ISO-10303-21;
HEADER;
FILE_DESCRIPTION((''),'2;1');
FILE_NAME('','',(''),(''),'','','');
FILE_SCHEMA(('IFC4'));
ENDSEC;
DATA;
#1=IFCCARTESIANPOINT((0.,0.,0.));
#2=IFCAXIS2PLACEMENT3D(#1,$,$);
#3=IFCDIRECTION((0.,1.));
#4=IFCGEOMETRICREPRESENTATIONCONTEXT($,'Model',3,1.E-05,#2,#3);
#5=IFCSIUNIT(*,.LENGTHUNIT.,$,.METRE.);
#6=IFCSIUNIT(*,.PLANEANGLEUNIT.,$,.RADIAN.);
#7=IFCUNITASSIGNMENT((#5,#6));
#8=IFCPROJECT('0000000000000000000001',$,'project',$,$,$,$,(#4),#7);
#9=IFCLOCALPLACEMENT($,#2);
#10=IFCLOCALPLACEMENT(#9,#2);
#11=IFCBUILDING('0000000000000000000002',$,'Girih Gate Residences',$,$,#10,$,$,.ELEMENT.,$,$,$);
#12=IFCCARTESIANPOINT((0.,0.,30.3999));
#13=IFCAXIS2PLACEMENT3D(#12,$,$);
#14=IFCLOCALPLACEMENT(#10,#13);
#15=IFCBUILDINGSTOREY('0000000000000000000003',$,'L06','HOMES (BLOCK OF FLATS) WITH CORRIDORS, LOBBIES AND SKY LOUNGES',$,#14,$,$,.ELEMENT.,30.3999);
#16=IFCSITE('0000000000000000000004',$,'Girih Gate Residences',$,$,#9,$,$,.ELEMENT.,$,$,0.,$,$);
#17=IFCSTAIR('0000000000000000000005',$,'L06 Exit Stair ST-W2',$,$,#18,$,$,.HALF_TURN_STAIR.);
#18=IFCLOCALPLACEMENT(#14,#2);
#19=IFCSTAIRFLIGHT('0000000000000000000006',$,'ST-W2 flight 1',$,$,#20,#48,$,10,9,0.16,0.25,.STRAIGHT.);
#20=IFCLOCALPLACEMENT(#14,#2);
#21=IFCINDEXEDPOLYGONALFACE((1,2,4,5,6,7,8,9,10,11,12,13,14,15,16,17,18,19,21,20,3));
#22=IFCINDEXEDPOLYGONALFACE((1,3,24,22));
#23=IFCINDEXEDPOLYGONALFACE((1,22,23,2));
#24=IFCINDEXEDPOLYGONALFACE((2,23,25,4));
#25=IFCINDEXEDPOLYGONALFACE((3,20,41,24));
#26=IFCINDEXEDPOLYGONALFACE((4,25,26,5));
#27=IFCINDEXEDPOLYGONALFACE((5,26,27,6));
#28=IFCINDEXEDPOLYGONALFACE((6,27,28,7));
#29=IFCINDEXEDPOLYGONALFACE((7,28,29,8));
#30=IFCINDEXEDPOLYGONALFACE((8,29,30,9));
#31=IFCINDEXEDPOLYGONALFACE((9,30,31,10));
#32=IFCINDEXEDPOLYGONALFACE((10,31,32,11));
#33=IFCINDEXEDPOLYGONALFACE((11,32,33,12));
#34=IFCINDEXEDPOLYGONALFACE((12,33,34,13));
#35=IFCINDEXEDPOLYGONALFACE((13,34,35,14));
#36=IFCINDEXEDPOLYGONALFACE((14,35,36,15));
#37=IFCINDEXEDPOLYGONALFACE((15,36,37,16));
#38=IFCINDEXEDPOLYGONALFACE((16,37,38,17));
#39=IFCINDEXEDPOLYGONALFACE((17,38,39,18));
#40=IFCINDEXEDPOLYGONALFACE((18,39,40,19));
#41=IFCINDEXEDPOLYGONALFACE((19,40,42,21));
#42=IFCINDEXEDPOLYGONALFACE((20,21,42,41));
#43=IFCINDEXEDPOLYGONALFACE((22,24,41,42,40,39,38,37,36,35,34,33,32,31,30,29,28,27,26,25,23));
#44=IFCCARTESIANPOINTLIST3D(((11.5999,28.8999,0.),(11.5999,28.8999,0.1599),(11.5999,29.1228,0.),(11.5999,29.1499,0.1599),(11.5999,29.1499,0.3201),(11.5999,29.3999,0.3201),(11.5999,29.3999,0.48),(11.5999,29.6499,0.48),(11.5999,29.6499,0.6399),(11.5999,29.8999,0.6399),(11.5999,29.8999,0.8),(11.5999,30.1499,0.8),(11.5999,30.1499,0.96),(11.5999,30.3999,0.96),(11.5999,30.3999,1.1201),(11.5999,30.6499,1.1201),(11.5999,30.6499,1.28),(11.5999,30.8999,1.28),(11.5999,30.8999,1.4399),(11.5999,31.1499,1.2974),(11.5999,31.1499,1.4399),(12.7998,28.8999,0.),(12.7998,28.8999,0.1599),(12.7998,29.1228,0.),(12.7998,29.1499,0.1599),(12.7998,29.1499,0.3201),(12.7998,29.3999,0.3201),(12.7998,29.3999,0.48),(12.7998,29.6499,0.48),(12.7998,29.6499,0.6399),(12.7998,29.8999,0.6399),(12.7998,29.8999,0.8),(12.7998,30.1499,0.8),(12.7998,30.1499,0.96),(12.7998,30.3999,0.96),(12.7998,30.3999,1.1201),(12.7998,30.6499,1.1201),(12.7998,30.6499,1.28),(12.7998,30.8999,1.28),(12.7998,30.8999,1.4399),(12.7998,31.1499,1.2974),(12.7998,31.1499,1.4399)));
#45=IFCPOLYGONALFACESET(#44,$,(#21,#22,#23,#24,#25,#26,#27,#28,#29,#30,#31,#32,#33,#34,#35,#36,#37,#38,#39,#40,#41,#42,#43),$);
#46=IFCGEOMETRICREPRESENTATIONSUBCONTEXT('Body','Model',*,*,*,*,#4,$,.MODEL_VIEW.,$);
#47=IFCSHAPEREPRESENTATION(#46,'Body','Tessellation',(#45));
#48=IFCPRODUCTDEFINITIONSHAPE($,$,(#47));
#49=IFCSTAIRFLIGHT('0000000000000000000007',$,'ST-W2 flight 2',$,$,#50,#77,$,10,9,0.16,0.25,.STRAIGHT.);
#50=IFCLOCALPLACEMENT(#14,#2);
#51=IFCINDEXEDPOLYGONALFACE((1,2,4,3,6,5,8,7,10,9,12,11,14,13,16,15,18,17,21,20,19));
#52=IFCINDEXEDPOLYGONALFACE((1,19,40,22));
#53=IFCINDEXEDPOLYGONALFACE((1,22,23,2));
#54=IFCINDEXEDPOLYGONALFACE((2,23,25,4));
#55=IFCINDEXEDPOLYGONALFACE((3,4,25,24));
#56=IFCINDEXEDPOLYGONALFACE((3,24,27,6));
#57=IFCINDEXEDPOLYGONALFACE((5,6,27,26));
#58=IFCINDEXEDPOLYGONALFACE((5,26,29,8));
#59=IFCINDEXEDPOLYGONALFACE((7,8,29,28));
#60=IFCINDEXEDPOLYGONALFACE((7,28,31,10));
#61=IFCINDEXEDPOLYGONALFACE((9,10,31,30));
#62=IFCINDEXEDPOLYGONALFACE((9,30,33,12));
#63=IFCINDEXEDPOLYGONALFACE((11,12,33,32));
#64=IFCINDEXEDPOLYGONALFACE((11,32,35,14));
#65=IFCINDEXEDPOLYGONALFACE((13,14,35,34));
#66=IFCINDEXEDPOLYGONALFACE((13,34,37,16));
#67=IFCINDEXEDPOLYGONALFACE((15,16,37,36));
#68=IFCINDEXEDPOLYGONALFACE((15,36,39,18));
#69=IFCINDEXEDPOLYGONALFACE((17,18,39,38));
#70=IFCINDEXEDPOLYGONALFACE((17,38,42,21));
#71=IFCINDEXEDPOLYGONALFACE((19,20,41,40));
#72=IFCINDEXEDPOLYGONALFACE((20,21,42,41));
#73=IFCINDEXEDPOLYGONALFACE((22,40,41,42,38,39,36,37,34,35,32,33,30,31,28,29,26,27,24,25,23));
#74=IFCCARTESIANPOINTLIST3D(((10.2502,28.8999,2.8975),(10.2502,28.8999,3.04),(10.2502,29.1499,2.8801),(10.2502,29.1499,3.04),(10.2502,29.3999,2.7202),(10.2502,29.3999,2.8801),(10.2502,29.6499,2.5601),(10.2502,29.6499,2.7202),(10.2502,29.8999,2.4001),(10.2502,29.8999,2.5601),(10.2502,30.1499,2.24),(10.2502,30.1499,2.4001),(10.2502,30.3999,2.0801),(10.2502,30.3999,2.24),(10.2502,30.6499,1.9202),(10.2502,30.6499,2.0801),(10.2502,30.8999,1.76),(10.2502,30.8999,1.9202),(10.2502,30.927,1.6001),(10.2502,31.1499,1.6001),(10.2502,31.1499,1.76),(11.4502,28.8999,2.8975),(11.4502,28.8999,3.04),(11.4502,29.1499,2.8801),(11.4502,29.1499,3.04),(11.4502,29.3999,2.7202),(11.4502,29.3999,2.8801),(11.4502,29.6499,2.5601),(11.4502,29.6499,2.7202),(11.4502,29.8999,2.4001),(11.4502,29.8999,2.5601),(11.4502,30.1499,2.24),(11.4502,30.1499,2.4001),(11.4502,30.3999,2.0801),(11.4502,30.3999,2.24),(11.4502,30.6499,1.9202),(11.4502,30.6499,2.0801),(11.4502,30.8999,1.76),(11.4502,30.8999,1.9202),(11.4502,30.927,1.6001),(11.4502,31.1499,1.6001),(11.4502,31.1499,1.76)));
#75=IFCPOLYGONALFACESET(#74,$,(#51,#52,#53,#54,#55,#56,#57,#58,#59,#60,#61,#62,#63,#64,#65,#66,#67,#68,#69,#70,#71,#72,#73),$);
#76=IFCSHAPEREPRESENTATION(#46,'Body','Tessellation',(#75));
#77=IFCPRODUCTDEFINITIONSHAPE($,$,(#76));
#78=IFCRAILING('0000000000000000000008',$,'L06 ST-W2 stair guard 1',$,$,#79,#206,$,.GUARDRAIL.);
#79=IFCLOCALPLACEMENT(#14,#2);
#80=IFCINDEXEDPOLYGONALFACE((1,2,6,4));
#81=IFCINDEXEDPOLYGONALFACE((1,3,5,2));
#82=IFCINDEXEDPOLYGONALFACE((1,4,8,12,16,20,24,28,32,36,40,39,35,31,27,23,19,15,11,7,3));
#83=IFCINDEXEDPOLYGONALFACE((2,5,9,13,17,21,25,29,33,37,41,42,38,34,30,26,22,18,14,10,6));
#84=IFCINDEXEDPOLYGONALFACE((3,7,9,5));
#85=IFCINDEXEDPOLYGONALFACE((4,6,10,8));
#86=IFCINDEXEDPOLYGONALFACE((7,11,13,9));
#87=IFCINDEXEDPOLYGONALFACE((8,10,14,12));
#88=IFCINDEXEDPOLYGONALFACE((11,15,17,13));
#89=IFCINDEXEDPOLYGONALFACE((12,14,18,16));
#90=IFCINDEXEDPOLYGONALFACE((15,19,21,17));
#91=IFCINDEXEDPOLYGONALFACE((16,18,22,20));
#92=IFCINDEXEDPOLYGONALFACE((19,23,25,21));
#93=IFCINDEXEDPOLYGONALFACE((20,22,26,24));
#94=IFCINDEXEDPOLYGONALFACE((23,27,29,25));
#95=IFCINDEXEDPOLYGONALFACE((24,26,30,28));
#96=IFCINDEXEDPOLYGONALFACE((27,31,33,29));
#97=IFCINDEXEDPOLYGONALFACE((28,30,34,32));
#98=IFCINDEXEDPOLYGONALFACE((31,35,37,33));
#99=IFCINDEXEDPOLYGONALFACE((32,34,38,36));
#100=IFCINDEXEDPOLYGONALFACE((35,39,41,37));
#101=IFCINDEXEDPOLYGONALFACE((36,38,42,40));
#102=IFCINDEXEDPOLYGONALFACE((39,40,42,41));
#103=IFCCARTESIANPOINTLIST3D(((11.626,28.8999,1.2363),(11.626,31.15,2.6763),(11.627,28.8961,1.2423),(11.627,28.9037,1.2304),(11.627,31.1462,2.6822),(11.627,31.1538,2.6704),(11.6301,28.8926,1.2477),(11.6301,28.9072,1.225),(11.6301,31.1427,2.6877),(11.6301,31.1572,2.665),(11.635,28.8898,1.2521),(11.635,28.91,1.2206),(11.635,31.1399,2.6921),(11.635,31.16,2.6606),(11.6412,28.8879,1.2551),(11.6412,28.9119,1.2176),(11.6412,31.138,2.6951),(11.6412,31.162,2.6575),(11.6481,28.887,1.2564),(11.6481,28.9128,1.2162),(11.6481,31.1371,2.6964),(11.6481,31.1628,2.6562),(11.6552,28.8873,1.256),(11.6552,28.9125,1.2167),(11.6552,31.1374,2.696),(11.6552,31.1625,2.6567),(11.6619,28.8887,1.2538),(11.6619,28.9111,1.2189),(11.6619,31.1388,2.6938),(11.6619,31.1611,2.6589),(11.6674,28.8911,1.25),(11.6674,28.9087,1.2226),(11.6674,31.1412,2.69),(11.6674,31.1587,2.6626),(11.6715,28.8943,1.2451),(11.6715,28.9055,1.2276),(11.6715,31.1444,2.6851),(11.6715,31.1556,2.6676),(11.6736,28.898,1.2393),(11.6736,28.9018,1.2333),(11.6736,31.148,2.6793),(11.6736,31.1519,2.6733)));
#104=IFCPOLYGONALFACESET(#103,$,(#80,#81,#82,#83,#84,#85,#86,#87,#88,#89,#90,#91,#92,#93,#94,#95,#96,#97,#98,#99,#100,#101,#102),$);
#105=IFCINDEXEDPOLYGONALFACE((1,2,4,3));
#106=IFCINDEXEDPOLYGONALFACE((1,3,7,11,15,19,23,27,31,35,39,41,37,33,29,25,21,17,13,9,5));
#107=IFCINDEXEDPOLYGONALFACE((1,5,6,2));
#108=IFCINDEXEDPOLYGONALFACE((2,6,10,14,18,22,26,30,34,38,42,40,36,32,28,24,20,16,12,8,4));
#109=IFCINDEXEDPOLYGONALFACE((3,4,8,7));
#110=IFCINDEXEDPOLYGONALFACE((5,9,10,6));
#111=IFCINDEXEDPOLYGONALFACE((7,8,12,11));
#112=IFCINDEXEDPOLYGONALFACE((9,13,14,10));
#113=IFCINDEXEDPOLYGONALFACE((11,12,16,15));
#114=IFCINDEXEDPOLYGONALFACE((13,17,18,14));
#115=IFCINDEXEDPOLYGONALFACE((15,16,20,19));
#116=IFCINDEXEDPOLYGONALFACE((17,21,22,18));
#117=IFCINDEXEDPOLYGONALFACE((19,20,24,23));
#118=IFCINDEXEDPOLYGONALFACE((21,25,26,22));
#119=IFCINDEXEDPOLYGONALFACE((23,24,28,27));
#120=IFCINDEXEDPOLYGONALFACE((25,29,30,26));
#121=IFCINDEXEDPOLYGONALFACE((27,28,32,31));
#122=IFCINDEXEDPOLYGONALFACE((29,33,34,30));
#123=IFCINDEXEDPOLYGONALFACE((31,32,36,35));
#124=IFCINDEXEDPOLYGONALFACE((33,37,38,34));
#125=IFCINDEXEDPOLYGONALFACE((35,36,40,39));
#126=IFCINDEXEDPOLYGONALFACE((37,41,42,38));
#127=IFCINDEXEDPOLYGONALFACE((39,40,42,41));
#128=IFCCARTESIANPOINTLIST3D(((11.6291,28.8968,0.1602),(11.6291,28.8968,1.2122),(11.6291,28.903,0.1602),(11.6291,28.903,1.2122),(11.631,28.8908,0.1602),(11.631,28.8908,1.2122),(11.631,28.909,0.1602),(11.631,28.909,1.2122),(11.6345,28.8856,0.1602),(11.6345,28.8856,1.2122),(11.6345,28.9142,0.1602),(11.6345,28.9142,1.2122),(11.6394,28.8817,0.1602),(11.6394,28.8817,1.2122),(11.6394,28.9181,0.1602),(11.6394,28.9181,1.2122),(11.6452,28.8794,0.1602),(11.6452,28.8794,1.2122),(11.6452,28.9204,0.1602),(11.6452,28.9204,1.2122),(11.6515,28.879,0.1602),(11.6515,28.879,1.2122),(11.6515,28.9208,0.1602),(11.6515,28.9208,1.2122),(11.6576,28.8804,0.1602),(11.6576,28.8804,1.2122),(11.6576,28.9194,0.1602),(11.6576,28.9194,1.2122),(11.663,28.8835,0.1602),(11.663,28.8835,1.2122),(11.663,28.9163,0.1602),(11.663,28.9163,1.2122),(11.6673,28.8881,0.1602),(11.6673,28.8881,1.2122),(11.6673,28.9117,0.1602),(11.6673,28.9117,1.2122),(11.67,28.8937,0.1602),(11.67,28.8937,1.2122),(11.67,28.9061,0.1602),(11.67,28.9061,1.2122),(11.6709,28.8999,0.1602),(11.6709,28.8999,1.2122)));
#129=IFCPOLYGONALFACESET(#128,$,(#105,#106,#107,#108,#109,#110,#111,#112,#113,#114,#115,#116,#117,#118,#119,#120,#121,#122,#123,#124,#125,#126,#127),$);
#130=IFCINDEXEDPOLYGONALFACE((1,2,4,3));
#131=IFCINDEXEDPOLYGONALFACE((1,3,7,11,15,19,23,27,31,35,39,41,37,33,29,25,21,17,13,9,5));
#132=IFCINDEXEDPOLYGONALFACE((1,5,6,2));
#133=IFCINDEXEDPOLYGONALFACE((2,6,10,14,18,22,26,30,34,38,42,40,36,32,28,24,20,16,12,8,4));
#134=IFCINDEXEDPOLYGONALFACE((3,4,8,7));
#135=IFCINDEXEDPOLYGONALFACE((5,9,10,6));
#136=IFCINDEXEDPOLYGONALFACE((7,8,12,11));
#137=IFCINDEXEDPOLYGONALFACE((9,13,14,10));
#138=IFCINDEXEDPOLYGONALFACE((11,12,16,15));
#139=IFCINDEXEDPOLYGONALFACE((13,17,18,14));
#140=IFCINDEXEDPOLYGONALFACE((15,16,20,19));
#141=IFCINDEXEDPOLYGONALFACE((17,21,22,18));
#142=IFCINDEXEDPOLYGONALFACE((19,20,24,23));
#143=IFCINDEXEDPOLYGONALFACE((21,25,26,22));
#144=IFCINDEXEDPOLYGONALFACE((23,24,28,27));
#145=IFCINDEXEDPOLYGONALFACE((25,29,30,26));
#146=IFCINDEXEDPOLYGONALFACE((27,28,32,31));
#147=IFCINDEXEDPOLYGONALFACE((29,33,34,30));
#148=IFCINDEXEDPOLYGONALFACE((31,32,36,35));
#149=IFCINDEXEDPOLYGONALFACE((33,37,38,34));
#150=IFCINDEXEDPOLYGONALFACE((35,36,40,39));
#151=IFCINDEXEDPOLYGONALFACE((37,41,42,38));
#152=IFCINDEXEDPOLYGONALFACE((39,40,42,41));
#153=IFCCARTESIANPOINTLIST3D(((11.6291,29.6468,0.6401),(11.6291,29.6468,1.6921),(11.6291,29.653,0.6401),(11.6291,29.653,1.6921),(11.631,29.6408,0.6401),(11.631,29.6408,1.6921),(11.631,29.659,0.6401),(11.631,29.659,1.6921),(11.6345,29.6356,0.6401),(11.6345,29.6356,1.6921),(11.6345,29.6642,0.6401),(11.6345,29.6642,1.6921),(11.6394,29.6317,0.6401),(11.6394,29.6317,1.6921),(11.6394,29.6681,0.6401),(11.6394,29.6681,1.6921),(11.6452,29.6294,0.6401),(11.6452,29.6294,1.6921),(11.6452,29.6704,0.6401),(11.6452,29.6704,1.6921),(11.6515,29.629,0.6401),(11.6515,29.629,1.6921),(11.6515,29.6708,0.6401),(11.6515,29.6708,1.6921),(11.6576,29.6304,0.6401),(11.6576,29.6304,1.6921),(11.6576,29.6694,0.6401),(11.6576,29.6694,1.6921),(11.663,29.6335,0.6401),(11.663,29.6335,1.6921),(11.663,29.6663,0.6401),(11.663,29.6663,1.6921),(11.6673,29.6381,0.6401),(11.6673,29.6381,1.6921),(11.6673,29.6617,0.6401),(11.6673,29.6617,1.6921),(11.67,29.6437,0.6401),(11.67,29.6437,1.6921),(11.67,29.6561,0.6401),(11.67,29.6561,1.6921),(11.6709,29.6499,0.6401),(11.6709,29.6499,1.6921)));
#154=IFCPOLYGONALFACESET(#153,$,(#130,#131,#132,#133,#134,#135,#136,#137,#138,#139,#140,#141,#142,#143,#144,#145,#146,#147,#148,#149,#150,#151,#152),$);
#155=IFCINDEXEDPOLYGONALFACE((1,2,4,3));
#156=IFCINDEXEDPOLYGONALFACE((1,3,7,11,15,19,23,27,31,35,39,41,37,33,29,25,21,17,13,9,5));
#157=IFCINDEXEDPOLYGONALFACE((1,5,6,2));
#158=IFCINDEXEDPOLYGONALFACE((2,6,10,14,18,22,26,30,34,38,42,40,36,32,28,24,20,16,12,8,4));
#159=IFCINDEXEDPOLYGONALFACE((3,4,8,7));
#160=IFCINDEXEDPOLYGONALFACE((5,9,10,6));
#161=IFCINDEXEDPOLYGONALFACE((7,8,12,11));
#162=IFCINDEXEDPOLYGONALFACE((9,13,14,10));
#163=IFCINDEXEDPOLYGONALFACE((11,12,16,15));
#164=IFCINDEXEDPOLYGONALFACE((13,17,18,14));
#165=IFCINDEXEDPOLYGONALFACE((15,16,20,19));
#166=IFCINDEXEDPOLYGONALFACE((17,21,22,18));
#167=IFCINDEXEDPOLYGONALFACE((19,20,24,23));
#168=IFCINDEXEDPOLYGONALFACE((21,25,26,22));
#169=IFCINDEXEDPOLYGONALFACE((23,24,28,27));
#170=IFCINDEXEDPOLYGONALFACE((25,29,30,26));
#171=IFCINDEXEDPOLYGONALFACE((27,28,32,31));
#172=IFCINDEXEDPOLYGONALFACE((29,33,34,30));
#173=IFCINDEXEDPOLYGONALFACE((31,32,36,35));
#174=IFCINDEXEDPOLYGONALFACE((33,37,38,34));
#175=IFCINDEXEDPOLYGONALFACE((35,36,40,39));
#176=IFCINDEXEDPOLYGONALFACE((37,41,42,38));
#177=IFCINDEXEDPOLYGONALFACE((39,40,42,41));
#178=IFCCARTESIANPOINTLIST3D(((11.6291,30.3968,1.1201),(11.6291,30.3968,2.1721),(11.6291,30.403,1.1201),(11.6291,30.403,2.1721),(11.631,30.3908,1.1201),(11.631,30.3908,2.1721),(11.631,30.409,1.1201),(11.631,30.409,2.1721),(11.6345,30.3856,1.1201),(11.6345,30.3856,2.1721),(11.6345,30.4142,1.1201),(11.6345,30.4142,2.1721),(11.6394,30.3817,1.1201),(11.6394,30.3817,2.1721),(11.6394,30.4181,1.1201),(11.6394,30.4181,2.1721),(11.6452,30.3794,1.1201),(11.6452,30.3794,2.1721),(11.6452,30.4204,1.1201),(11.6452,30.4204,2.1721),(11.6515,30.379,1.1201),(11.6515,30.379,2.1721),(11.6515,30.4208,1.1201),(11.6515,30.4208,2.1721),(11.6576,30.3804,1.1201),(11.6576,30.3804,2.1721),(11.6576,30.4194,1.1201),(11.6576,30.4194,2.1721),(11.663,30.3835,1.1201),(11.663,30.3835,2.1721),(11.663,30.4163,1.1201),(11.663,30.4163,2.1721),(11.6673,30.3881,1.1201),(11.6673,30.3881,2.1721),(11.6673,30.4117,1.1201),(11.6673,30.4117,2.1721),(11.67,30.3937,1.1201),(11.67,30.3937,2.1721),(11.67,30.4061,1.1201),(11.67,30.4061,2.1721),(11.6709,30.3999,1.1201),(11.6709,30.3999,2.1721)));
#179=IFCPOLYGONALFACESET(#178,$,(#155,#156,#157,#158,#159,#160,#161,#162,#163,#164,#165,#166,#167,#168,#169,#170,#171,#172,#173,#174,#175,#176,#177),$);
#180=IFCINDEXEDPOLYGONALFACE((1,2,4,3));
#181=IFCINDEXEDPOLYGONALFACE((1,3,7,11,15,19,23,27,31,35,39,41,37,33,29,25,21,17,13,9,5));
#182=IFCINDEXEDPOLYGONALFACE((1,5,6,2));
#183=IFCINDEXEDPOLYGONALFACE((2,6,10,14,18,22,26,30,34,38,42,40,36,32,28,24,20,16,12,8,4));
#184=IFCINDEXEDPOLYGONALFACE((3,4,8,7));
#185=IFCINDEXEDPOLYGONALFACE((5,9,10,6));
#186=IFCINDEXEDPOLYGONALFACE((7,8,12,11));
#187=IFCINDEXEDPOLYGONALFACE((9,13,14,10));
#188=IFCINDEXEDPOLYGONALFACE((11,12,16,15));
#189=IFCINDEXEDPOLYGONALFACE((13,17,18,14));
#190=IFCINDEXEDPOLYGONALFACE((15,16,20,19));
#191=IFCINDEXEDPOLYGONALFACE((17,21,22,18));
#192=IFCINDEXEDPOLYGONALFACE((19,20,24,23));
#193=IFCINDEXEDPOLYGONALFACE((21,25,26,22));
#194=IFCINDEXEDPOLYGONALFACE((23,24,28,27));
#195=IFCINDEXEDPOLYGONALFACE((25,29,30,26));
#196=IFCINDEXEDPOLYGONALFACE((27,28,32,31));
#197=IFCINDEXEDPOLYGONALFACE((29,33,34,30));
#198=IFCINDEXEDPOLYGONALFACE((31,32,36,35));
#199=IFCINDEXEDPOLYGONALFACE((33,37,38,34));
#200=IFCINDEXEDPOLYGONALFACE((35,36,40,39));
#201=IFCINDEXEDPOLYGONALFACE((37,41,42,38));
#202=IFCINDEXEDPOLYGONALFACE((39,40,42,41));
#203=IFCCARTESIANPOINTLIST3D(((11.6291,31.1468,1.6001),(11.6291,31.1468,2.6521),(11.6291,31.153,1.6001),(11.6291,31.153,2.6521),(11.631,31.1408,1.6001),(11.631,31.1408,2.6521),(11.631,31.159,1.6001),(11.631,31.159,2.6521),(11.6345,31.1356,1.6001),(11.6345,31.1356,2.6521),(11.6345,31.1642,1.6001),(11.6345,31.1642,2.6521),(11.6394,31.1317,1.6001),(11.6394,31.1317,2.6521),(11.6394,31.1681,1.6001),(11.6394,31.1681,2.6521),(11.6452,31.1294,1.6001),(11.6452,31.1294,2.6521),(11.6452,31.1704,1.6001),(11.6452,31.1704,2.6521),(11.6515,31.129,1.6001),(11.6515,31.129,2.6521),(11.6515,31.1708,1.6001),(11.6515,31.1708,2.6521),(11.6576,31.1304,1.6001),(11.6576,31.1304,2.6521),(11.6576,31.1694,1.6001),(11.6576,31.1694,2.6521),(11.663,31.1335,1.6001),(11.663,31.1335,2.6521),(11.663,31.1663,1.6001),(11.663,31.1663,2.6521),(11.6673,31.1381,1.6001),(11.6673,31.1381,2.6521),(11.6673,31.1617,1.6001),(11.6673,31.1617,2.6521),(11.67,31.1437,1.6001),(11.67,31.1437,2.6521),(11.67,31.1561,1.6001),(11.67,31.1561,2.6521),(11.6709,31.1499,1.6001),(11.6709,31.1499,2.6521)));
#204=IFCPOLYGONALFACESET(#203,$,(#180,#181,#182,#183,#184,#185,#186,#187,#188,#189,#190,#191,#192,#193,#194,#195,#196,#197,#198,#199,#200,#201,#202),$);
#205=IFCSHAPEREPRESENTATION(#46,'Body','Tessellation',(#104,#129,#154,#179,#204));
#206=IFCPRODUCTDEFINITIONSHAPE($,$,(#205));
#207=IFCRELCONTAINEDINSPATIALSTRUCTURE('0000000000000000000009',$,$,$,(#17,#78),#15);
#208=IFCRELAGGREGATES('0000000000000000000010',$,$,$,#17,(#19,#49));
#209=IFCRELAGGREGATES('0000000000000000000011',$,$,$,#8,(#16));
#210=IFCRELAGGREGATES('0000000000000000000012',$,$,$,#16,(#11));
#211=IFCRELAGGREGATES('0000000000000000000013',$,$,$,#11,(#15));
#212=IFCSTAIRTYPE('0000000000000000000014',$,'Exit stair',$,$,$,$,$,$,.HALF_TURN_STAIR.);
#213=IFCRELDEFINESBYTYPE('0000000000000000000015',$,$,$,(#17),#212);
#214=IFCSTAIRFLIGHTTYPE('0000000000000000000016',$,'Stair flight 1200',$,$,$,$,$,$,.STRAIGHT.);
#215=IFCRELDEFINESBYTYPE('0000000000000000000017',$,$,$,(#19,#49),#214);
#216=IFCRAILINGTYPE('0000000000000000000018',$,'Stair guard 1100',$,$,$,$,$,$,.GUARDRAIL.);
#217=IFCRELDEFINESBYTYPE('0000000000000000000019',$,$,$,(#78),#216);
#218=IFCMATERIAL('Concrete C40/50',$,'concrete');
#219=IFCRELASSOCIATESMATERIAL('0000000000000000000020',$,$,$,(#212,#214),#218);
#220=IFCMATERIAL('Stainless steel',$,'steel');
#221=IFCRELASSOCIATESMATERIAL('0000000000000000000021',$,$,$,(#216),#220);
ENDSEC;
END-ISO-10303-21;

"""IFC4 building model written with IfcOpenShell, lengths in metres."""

from ifc_helpers import new_model, si_unit, direction, frame, origin, origin_2d, place, context, subcontext, project, spatial, polyline, circle, outline, extrude, material, type_object, element, aggregate, save


model = new_model("IFC4")

# Units and contexts
model_context = context("Model", 3, precision=1e-05, world=origin(), true_north=direction((0.0, 1.0)))
body_context = subcontext(model_context, "Body", "Model", "MODEL_VIEW")
ifc_project = project(units=[si_unit("LENGTHUNIT", "METRE"), si_unit("PLANEANGLEUNIT", "RADIAN")], contexts=[model_context])

# Site, building, storey
site_placement = place(None, origin())
site = spatial("IfcSite", under=ifc_project, at=site_placement, Name="Girih Gate Residences", CompositionType="ELEMENT", RefElevation=0.0)
building_placement = place(site_placement, origin())
building = spatial("IfcBuilding", under=site, at=building_placement, Name="Girih Gate Residences", CompositionType="ELEMENT")
storey_placement = place(building_placement, frame((0.0, 0.0, 30.3999)))
storey = spatial("IfcBuildingStorey", under=building, at=storey_placement, Name="L06", Description="HOMES (BLOCK OF FLATS) WITH CORRIDORS, LOBBIES AND SKY LOUNGES", CompositionType="ELEMENT", Elevation=30.3999)

# Shared definitions
ifc_material_1 = material(Name="Concrete C40/50", Category="concrete")

# Stair, stair flights
stair_type = type_object("IfcStairType", Name="Exit stair", PredefinedType="HALF_TURN_STAIR", material=ifc_material_1)
stair_placement = place(storey_placement, origin())
stair = element("IfcStair", 1, at=stair_placement, inside=storey, type_object=stair_type, Name="L06 Exit Stair ST-W2", PredefinedType="HALF_TURN_STAIR")
stair_flight_type = type_object("IfcStairFlightType", Name="Stair flight 1200", PredefinedType="STRAIGHT", material=ifc_material_1)
stair_flight_1_placement = place(storey_placement, frame((12.2, 28.8999, 0.0), z_axis=(0.0, 0.0, 1.0), x_axis=(0.0, 1.0, 0.0)))
stair_flight_1 = element("IfcStairFlight", 2, at=stair_flight_1_placement, type_object=stair_flight_type, Name="ST-W2 flight 1", NumberOfRisers=10, NumberOfTreads=9, PredefinedType="STRAIGHT", RiserHeight=0.16, TreadLength=0.25, context=body_context, shape_type="SweptSolid", body=[
    extrude(outline(polyline([(0.0, 0.0), (0.0, 0.1599), (0.25, 0.1599), (0.25, 0.3201), (0.5, 0.3201), (0.5, 0.48), (0.75, 0.48), (0.75, 0.6399), (1.0, 0.6399), (1.0, 0.8), (1.25, 0.8), (1.25, 0.96), (1.5, 0.96), (1.5, 1.1201), (1.75, 1.1201), (1.75, 1.28), (2.0, 1.28), (2.0, 1.4399), (2.25, 1.4399), (2.25, 1.6001), (2.25, 1.2974), (0.2229, 0.0), (0.0, 0.0)])), frame((0.0, 0.6001, 0.0), z_axis=(0.0, -1.0, 0.0), x_axis=(1.0, 0.0, 0.0)), (0.0, 0.0, 1.0), 1.2),
])
stair_flight_2_placement = place(storey_placement, frame((10.8501, 31.1499, 1.6001), z_axis=(0.0, 0.0, 1.0), x_axis=(0.0, -1.0, 0.0)))
stair_flight_2 = element("IfcStairFlight", 3, at=stair_flight_2_placement, type_object=stair_flight_type, Name="ST-W2 flight 2", NumberOfRisers=10, NumberOfTreads=9, PredefinedType="STRAIGHT", RiserHeight=0.16, TreadLength=0.25, context=body_context, shape_type="SweptSolid", body=[
    extrude(outline(polyline([(0.0, 0.0), (0.0, 0.1599), (0.25, 0.1599), (0.25, 0.3201), (0.5, 0.3201), (0.5, 0.48), (0.75, 0.48), (0.75, 0.6399), (1.0, 0.6399), (1.0, 0.8), (1.25, 0.8), (1.25, 0.96), (1.5, 0.96), (1.5, 1.1201), (1.75, 1.1201), (1.75, 1.28), (2.0, 1.28), (2.0, 1.4399), (2.25, 1.4399), (2.25, 1.6001), (2.25, 1.2974), (0.2229, 0.0), (0.0, 0.0)])), frame((0.0, 0.6001, 0.0), z_axis=(0.0, -1.0, 0.0), x_axis=(1.0, 0.0, 0.0)), (0.0, 0.0, 1.0), 1.2),
])
aggregate(stair, [stair_flight_1, stair_flight_2])

# Railing
ifc_material_2 = material(Name="Stainless steel", Category="steel")
railing_type_1 = type_object("IfcRailingType", Name="Stair guard 1100", PredefinedType="GUARDRAIL", material=ifc_material_2)
railing_1_placement = place(storey_placement, frame((11.6499, 28.8999, 0.1602)))
element("IfcRailing", 4, at=railing_1_placement, inside=storey, type_object=railing_type_1, Name="L06 ST-W2 stair guard 1", PredefinedType="GUARDRAIL", context=body_context, shape_type="SweptSolid", body=[
    extrude(circle(Radius=0.0239, at=origin_2d()), frame((0.0, 0.0, 1.0762), z_axis=(0.0, 0.842281, 0.539038), x_axis=(-1.0, 0.0, 0.0)), (0.0, 0.0, 1.0), 2.6714),
    extrude(circle(Radius=0.021, at=origin_2d()), origin(), (0.0, 0.0, 1.0), 1.052),
    extrude(circle(Radius=0.021, at=origin_2d()), frame((0.0, 0.75, 0.48)), (0.0, 0.0, 1.0), 1.052),
    extrude(circle(Radius=0.021, at=origin_2d()), frame((0.0, 1.5, 0.96)), (0.0, 0.0, 1.0), 1.052),
    extrude(circle(Radius=0.021, at=origin_2d()), frame((0.0, 2.25, 1.4399)), (0.0, 0.0, 1.0), 1.052),
])

save(model, "model.ifc")
